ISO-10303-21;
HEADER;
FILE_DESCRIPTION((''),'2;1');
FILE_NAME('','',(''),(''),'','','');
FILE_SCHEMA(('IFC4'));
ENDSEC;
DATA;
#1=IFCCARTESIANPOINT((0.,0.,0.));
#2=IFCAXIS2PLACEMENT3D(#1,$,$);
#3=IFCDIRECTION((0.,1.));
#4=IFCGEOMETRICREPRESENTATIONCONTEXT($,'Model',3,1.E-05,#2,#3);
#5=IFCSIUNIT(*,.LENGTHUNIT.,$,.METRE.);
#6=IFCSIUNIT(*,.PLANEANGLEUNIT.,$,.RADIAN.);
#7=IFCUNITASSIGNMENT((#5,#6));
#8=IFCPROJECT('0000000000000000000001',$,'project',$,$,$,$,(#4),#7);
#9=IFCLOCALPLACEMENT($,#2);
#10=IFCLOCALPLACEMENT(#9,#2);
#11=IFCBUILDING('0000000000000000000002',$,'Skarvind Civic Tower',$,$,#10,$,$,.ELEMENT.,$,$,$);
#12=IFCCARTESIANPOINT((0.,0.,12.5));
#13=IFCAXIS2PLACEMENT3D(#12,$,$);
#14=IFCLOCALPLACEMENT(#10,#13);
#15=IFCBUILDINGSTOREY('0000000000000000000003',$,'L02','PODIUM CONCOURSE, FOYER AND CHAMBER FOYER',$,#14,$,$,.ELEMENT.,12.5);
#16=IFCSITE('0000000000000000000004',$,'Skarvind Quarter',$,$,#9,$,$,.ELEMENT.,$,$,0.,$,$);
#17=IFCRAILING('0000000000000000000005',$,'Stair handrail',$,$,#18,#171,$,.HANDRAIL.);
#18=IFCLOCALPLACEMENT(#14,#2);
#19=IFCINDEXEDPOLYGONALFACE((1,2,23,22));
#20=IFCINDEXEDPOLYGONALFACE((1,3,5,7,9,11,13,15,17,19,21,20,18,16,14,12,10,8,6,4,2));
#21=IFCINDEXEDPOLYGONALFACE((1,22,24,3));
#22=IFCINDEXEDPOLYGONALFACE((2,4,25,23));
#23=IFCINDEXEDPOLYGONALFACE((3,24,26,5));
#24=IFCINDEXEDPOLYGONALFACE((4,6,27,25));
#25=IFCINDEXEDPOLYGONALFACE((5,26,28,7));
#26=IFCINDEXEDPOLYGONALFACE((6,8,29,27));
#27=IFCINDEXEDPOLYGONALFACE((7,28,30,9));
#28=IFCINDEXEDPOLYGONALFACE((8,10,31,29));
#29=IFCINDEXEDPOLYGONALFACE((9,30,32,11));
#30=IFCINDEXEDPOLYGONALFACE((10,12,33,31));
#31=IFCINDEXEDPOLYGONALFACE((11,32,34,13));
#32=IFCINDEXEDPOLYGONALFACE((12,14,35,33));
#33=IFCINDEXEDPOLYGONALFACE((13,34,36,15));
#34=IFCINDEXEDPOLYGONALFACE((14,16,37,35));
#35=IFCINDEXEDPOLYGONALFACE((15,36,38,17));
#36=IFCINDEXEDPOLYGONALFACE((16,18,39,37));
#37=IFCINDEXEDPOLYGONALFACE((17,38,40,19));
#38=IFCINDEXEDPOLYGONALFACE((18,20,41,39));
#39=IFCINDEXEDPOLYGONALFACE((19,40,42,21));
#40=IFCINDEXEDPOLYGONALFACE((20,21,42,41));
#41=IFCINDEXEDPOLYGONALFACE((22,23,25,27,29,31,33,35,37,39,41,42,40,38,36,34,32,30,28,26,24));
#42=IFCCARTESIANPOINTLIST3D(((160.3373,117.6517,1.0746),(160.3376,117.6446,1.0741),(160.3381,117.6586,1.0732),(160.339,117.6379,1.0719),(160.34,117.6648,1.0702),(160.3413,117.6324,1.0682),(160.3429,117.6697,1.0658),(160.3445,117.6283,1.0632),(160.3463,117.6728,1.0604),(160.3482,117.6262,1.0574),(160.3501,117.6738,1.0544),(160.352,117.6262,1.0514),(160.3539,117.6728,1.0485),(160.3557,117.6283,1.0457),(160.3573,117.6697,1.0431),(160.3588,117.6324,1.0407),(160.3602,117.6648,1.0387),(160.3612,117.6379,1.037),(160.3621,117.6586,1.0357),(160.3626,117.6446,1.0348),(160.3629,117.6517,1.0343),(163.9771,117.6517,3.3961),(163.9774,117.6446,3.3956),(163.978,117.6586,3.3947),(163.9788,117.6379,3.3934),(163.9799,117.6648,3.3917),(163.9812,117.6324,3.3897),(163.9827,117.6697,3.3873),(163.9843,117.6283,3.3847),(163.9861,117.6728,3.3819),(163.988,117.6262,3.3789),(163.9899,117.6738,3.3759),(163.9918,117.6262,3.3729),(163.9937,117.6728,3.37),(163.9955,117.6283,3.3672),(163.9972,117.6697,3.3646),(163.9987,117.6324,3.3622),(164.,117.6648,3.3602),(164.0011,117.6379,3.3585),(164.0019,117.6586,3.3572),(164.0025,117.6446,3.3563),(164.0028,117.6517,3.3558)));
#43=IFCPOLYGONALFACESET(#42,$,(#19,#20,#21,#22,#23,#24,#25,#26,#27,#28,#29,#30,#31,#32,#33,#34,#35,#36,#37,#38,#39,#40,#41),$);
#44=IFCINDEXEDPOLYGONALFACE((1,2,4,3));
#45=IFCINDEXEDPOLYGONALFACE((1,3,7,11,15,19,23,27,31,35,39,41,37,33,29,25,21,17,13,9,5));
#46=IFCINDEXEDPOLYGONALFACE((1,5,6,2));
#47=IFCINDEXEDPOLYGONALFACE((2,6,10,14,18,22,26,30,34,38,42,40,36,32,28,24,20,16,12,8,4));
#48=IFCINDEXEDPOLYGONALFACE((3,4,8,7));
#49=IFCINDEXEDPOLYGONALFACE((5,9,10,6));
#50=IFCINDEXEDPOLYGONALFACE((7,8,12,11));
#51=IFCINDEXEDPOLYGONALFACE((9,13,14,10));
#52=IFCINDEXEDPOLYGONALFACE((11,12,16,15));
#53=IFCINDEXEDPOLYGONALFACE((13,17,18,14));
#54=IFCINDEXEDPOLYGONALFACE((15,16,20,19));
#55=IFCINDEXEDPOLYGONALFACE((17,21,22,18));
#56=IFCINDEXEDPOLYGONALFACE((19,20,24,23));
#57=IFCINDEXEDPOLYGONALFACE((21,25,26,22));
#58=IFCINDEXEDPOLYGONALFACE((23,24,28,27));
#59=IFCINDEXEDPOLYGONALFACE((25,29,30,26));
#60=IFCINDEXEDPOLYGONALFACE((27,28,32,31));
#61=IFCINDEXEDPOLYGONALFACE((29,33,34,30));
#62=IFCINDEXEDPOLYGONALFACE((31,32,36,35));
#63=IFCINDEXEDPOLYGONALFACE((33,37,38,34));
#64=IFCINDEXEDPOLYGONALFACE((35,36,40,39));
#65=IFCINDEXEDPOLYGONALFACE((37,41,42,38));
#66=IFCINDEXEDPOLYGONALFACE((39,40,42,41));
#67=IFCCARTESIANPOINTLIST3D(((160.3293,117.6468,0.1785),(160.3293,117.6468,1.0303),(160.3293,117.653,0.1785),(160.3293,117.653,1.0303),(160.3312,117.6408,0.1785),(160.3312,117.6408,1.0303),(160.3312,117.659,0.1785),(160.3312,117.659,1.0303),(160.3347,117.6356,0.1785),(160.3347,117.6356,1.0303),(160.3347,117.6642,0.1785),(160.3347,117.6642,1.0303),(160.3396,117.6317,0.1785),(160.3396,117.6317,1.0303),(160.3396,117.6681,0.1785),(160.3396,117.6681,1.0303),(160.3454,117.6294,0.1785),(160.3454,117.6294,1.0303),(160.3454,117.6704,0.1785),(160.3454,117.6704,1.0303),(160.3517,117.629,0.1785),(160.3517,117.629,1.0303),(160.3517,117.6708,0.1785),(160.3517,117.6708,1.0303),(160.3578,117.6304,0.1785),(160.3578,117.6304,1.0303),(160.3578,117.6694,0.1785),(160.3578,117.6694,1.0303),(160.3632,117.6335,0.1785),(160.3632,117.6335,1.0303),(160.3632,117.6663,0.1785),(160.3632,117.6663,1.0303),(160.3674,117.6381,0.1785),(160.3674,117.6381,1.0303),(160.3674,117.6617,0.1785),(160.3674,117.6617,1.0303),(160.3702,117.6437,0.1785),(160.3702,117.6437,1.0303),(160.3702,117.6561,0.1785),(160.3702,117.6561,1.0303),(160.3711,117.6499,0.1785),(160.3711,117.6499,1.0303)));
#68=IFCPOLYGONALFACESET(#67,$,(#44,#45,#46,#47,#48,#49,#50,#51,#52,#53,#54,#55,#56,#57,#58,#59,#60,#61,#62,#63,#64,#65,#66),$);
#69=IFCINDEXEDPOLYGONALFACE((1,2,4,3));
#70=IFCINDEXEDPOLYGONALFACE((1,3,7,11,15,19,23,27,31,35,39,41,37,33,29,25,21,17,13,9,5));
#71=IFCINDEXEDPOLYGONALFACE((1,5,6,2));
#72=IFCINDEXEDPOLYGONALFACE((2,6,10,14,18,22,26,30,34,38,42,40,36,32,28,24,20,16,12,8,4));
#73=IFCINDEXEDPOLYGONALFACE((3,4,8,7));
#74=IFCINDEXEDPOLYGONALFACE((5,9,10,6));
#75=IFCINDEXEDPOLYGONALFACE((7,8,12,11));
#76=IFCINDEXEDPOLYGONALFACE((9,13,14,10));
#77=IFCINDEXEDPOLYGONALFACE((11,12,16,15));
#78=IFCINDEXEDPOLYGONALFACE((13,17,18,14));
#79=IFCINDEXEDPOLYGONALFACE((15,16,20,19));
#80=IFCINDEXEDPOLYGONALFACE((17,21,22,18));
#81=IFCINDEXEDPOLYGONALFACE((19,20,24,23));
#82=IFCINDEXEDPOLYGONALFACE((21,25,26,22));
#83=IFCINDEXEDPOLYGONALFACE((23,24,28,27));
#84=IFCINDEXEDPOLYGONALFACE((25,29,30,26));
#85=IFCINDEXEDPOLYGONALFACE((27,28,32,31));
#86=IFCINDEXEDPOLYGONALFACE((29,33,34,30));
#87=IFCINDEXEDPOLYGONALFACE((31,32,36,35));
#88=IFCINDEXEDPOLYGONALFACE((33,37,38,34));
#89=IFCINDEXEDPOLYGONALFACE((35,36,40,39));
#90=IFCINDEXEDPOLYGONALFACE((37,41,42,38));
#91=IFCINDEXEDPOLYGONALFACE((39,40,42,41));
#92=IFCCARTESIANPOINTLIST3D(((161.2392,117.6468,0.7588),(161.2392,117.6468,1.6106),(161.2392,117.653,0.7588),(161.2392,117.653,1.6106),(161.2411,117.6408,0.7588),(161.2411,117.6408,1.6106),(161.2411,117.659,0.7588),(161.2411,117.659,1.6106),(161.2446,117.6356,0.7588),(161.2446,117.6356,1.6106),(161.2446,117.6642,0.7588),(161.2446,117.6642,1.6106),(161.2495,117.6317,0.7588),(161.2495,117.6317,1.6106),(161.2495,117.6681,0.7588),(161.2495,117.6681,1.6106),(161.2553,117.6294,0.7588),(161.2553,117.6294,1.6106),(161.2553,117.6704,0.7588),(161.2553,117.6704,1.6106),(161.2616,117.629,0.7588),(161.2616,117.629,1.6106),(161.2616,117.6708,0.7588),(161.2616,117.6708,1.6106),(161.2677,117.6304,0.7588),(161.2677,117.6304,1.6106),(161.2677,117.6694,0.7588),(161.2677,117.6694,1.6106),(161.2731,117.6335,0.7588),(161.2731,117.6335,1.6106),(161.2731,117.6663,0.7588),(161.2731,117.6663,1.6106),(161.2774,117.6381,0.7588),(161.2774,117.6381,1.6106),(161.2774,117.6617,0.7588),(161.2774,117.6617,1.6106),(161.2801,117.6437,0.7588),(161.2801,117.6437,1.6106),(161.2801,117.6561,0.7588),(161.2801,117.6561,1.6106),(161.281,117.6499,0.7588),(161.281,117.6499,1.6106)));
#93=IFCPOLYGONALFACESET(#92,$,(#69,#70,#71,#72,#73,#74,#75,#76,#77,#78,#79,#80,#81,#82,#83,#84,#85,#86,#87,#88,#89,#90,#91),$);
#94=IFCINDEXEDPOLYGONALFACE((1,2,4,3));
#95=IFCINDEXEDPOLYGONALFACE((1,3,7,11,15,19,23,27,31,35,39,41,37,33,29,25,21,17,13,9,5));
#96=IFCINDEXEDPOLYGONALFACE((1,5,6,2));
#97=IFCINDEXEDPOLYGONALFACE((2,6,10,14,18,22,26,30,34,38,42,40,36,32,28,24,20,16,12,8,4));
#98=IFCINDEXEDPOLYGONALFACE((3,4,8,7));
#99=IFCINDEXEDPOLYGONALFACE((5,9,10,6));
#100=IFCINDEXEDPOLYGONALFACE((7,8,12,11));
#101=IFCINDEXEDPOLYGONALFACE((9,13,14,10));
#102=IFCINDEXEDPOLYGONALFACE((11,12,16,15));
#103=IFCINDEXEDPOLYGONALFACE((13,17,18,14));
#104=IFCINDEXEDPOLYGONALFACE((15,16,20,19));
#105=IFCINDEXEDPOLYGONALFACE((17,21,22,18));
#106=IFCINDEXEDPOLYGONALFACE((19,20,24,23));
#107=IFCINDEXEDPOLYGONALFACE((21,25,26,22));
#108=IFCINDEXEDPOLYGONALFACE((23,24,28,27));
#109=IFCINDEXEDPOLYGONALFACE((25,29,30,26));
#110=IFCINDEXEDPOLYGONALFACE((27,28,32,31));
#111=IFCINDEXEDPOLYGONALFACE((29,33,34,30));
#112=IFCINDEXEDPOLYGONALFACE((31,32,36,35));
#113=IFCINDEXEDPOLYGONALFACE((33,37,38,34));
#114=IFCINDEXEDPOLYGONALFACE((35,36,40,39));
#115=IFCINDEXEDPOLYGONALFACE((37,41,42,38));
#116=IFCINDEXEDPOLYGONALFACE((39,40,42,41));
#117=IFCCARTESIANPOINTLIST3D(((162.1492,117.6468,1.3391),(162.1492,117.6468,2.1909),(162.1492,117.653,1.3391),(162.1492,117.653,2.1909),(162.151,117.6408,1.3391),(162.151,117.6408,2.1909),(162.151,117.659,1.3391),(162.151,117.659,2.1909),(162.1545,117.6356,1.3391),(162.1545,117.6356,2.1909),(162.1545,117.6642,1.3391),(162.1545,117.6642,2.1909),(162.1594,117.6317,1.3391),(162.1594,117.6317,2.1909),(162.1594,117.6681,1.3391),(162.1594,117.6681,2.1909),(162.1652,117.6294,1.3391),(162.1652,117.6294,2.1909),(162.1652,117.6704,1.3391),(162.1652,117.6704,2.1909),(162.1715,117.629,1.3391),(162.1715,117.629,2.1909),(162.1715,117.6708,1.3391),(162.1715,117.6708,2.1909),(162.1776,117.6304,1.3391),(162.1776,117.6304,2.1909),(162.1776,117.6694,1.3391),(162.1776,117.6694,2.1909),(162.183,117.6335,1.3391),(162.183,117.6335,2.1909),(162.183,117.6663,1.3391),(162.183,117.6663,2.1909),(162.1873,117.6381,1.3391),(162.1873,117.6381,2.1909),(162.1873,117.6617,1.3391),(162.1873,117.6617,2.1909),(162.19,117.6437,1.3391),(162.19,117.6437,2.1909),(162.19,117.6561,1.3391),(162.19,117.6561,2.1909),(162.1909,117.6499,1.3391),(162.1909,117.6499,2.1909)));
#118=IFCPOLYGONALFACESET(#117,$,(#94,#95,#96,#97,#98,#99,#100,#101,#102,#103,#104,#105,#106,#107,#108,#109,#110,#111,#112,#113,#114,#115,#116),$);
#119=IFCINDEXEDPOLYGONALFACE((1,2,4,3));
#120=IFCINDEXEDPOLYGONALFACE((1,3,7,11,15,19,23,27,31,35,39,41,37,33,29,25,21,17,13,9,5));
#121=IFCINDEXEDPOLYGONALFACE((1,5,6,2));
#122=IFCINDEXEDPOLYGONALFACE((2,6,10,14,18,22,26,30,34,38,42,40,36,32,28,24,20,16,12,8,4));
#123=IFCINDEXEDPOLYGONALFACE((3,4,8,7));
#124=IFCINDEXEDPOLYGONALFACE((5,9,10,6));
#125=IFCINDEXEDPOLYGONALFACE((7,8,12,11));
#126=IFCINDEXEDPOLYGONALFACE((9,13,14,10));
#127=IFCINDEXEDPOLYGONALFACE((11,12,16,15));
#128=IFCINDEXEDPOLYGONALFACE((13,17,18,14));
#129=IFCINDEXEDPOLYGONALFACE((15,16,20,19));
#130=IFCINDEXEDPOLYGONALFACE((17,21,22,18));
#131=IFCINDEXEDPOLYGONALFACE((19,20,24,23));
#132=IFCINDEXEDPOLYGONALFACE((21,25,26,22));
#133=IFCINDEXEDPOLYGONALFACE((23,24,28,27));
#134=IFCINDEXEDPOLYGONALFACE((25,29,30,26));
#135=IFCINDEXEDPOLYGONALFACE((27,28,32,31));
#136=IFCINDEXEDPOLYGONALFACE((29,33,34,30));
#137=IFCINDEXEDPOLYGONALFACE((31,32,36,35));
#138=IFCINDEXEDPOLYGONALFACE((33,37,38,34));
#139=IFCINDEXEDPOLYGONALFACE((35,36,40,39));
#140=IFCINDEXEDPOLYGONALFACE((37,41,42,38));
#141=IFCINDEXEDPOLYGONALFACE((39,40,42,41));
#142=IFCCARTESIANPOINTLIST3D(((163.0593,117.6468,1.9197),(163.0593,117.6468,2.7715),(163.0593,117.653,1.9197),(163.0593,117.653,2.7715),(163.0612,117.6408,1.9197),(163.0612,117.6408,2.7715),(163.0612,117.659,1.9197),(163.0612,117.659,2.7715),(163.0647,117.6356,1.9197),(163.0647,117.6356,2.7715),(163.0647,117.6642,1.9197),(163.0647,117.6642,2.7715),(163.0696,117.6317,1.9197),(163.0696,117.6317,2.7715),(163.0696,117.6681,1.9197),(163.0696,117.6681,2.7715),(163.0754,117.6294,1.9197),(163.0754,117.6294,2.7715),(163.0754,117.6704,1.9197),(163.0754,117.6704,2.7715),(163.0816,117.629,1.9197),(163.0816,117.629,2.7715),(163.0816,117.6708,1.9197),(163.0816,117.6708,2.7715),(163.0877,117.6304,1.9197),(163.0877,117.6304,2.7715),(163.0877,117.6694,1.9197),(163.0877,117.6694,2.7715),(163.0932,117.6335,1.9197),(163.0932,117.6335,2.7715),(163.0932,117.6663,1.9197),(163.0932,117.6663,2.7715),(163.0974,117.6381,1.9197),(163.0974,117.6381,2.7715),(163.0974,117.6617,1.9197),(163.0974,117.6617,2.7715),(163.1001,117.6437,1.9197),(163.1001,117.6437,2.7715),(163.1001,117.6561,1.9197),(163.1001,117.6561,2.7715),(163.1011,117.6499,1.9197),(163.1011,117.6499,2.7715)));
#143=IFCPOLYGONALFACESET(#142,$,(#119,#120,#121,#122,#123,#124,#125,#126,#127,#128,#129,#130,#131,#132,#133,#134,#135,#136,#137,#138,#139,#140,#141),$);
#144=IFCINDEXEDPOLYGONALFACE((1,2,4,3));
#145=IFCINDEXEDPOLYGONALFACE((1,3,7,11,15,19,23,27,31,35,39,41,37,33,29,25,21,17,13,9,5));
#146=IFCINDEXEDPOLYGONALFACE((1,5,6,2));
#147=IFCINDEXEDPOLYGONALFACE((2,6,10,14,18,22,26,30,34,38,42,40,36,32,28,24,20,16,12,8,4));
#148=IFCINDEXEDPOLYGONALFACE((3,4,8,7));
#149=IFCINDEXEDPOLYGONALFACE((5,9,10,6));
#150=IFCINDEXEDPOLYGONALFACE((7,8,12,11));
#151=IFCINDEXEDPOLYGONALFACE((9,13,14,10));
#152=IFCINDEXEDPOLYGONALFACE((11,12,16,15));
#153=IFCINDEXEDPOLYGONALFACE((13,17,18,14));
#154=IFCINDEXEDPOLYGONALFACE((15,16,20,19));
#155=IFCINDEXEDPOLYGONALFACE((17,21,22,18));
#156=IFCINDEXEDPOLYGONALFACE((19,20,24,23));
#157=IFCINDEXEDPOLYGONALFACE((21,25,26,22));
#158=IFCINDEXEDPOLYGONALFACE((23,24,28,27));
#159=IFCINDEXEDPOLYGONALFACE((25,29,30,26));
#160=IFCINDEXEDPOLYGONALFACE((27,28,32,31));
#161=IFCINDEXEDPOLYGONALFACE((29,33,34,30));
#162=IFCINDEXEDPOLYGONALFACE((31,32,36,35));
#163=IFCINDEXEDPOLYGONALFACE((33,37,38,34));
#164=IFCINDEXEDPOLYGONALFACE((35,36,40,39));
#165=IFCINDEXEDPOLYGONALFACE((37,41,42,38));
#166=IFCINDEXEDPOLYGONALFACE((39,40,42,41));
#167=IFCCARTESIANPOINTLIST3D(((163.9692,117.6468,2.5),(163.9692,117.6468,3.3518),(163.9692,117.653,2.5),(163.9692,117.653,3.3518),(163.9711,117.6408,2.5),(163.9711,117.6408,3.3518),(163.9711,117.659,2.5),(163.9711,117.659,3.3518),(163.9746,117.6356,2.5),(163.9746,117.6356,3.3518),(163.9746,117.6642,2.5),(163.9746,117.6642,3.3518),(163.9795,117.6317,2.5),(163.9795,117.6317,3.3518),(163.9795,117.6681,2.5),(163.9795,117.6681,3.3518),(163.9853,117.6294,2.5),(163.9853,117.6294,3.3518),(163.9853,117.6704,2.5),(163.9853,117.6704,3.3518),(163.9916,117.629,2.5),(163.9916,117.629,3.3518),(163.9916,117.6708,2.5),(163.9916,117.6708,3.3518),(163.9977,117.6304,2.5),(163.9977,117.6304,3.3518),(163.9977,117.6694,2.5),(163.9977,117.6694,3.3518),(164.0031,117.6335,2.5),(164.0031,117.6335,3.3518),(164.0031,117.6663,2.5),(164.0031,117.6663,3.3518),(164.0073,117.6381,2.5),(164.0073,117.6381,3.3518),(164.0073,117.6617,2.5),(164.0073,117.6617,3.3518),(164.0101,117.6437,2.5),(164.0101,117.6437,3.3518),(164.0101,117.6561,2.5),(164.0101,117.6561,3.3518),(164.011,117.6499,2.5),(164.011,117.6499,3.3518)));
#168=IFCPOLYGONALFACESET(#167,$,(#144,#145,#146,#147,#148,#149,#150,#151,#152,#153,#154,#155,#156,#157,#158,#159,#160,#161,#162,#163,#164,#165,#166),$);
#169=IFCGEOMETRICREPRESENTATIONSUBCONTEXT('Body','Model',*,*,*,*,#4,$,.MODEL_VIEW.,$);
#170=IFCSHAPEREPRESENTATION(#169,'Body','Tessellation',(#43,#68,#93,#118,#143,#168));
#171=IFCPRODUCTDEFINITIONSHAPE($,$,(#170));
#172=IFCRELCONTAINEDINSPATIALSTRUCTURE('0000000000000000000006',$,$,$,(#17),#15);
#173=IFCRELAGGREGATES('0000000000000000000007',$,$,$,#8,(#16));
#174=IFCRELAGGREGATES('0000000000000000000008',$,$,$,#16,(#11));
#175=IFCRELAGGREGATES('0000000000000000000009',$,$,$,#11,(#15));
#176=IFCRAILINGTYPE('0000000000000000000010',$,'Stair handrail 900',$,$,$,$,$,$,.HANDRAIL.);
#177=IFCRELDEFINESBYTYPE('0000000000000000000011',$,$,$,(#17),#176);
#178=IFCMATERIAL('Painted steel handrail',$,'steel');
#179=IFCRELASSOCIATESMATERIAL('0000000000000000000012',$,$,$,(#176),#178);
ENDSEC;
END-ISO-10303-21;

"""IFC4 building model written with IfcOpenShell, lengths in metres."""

from ifc_helpers import new_model, si_unit, direction, frame, origin, origin_2d, place, context, subcontext, project, spatial, circle, extrude, material, type_object, element, save


model = new_model("IFC4")

# Units and contexts
model_context = context("Model", 3, precision=1e-05, world=origin(), true_north=direction((0.0, 1.0)))
body_context = subcontext(model_context, "Body", "Model", "MODEL_VIEW")
ifc_project = project(units=[si_unit("LENGTHUNIT", "METRE"), si_unit("PLANEANGLEUNIT", "RADIAN")], contexts=[model_context])

# Site, building, storey
site_placement = place(None, origin())
site = spatial("IfcSite", under=ifc_project, at=site_placement, Name="Skarvind Quarter", CompositionType="ELEMENT", RefElevation=0.0)
building_placement = place(site_placement, origin())
building = spatial("IfcBuilding", under=site, at=building_placement, Name="Skarvind Civic Tower", CompositionType="ELEMENT")
storey_placement = place(building_placement, frame((0.0, 0.0, 12.5)))
storey = spatial("IfcBuildingStorey", under=building, at=storey_placement, Name="L02", Description="PODIUM CONCOURSE, FOYER AND CHAMBER FOYER", CompositionType="ELEMENT", Elevation=12.5)

# Railing
ifc_material_1 = material(Name="Painted steel handrail", Category="steel")
railing_type = type_object("IfcRailingType", Name="Stair handrail 900", PredefinedType="HANDRAIL", material=ifc_material_1)
railing_placement = place(storey_placement, frame((160.3501, 117.6499, 0.1785)))
element("IfcRailing", 1, at=railing_placement, inside=storey, type_object=railing_type, Name="Stair handrail", PredefinedType="HANDRAIL", context=body_context, shape_type="SweptSolid", body=[
    extrude(circle(Radius=0.0239, at=origin_2d()), frame((0.0, 0.0, 0.876), z_axis=(0.843112, 0.0, 0.537739), x_axis=(0.0, 1.0, 0.0)), (0.0, 0.0, 1.0), 4.3171),
    extrude(circle(Radius=0.021, at=origin_2d()), origin(), (0.0, 0.0, 1.0), 0.8518),
    extrude(circle(Radius=0.021, at=origin_2d()), frame((0.9099, 0.0, 0.5803)), (0.0, 0.0, 1.0), 0.8518),
    extrude(circle(Radius=0.021, at=origin_2d()), frame((1.8198, 0.0, 1.1606)), (0.0, 0.0, 1.0), 0.8518),
    extrude(circle(Radius=0.021, at=origin_2d()), frame((2.73, 0.0, 1.7412)), (0.0, 0.0, 1.0), 0.8518),
    extrude(circle(Radius=0.021, at=origin_2d()), frame((3.6399, 0.0, 2.3215)), (0.0, 0.0, 1.0), 0.8518),
])

save(model, "model.ifc")
